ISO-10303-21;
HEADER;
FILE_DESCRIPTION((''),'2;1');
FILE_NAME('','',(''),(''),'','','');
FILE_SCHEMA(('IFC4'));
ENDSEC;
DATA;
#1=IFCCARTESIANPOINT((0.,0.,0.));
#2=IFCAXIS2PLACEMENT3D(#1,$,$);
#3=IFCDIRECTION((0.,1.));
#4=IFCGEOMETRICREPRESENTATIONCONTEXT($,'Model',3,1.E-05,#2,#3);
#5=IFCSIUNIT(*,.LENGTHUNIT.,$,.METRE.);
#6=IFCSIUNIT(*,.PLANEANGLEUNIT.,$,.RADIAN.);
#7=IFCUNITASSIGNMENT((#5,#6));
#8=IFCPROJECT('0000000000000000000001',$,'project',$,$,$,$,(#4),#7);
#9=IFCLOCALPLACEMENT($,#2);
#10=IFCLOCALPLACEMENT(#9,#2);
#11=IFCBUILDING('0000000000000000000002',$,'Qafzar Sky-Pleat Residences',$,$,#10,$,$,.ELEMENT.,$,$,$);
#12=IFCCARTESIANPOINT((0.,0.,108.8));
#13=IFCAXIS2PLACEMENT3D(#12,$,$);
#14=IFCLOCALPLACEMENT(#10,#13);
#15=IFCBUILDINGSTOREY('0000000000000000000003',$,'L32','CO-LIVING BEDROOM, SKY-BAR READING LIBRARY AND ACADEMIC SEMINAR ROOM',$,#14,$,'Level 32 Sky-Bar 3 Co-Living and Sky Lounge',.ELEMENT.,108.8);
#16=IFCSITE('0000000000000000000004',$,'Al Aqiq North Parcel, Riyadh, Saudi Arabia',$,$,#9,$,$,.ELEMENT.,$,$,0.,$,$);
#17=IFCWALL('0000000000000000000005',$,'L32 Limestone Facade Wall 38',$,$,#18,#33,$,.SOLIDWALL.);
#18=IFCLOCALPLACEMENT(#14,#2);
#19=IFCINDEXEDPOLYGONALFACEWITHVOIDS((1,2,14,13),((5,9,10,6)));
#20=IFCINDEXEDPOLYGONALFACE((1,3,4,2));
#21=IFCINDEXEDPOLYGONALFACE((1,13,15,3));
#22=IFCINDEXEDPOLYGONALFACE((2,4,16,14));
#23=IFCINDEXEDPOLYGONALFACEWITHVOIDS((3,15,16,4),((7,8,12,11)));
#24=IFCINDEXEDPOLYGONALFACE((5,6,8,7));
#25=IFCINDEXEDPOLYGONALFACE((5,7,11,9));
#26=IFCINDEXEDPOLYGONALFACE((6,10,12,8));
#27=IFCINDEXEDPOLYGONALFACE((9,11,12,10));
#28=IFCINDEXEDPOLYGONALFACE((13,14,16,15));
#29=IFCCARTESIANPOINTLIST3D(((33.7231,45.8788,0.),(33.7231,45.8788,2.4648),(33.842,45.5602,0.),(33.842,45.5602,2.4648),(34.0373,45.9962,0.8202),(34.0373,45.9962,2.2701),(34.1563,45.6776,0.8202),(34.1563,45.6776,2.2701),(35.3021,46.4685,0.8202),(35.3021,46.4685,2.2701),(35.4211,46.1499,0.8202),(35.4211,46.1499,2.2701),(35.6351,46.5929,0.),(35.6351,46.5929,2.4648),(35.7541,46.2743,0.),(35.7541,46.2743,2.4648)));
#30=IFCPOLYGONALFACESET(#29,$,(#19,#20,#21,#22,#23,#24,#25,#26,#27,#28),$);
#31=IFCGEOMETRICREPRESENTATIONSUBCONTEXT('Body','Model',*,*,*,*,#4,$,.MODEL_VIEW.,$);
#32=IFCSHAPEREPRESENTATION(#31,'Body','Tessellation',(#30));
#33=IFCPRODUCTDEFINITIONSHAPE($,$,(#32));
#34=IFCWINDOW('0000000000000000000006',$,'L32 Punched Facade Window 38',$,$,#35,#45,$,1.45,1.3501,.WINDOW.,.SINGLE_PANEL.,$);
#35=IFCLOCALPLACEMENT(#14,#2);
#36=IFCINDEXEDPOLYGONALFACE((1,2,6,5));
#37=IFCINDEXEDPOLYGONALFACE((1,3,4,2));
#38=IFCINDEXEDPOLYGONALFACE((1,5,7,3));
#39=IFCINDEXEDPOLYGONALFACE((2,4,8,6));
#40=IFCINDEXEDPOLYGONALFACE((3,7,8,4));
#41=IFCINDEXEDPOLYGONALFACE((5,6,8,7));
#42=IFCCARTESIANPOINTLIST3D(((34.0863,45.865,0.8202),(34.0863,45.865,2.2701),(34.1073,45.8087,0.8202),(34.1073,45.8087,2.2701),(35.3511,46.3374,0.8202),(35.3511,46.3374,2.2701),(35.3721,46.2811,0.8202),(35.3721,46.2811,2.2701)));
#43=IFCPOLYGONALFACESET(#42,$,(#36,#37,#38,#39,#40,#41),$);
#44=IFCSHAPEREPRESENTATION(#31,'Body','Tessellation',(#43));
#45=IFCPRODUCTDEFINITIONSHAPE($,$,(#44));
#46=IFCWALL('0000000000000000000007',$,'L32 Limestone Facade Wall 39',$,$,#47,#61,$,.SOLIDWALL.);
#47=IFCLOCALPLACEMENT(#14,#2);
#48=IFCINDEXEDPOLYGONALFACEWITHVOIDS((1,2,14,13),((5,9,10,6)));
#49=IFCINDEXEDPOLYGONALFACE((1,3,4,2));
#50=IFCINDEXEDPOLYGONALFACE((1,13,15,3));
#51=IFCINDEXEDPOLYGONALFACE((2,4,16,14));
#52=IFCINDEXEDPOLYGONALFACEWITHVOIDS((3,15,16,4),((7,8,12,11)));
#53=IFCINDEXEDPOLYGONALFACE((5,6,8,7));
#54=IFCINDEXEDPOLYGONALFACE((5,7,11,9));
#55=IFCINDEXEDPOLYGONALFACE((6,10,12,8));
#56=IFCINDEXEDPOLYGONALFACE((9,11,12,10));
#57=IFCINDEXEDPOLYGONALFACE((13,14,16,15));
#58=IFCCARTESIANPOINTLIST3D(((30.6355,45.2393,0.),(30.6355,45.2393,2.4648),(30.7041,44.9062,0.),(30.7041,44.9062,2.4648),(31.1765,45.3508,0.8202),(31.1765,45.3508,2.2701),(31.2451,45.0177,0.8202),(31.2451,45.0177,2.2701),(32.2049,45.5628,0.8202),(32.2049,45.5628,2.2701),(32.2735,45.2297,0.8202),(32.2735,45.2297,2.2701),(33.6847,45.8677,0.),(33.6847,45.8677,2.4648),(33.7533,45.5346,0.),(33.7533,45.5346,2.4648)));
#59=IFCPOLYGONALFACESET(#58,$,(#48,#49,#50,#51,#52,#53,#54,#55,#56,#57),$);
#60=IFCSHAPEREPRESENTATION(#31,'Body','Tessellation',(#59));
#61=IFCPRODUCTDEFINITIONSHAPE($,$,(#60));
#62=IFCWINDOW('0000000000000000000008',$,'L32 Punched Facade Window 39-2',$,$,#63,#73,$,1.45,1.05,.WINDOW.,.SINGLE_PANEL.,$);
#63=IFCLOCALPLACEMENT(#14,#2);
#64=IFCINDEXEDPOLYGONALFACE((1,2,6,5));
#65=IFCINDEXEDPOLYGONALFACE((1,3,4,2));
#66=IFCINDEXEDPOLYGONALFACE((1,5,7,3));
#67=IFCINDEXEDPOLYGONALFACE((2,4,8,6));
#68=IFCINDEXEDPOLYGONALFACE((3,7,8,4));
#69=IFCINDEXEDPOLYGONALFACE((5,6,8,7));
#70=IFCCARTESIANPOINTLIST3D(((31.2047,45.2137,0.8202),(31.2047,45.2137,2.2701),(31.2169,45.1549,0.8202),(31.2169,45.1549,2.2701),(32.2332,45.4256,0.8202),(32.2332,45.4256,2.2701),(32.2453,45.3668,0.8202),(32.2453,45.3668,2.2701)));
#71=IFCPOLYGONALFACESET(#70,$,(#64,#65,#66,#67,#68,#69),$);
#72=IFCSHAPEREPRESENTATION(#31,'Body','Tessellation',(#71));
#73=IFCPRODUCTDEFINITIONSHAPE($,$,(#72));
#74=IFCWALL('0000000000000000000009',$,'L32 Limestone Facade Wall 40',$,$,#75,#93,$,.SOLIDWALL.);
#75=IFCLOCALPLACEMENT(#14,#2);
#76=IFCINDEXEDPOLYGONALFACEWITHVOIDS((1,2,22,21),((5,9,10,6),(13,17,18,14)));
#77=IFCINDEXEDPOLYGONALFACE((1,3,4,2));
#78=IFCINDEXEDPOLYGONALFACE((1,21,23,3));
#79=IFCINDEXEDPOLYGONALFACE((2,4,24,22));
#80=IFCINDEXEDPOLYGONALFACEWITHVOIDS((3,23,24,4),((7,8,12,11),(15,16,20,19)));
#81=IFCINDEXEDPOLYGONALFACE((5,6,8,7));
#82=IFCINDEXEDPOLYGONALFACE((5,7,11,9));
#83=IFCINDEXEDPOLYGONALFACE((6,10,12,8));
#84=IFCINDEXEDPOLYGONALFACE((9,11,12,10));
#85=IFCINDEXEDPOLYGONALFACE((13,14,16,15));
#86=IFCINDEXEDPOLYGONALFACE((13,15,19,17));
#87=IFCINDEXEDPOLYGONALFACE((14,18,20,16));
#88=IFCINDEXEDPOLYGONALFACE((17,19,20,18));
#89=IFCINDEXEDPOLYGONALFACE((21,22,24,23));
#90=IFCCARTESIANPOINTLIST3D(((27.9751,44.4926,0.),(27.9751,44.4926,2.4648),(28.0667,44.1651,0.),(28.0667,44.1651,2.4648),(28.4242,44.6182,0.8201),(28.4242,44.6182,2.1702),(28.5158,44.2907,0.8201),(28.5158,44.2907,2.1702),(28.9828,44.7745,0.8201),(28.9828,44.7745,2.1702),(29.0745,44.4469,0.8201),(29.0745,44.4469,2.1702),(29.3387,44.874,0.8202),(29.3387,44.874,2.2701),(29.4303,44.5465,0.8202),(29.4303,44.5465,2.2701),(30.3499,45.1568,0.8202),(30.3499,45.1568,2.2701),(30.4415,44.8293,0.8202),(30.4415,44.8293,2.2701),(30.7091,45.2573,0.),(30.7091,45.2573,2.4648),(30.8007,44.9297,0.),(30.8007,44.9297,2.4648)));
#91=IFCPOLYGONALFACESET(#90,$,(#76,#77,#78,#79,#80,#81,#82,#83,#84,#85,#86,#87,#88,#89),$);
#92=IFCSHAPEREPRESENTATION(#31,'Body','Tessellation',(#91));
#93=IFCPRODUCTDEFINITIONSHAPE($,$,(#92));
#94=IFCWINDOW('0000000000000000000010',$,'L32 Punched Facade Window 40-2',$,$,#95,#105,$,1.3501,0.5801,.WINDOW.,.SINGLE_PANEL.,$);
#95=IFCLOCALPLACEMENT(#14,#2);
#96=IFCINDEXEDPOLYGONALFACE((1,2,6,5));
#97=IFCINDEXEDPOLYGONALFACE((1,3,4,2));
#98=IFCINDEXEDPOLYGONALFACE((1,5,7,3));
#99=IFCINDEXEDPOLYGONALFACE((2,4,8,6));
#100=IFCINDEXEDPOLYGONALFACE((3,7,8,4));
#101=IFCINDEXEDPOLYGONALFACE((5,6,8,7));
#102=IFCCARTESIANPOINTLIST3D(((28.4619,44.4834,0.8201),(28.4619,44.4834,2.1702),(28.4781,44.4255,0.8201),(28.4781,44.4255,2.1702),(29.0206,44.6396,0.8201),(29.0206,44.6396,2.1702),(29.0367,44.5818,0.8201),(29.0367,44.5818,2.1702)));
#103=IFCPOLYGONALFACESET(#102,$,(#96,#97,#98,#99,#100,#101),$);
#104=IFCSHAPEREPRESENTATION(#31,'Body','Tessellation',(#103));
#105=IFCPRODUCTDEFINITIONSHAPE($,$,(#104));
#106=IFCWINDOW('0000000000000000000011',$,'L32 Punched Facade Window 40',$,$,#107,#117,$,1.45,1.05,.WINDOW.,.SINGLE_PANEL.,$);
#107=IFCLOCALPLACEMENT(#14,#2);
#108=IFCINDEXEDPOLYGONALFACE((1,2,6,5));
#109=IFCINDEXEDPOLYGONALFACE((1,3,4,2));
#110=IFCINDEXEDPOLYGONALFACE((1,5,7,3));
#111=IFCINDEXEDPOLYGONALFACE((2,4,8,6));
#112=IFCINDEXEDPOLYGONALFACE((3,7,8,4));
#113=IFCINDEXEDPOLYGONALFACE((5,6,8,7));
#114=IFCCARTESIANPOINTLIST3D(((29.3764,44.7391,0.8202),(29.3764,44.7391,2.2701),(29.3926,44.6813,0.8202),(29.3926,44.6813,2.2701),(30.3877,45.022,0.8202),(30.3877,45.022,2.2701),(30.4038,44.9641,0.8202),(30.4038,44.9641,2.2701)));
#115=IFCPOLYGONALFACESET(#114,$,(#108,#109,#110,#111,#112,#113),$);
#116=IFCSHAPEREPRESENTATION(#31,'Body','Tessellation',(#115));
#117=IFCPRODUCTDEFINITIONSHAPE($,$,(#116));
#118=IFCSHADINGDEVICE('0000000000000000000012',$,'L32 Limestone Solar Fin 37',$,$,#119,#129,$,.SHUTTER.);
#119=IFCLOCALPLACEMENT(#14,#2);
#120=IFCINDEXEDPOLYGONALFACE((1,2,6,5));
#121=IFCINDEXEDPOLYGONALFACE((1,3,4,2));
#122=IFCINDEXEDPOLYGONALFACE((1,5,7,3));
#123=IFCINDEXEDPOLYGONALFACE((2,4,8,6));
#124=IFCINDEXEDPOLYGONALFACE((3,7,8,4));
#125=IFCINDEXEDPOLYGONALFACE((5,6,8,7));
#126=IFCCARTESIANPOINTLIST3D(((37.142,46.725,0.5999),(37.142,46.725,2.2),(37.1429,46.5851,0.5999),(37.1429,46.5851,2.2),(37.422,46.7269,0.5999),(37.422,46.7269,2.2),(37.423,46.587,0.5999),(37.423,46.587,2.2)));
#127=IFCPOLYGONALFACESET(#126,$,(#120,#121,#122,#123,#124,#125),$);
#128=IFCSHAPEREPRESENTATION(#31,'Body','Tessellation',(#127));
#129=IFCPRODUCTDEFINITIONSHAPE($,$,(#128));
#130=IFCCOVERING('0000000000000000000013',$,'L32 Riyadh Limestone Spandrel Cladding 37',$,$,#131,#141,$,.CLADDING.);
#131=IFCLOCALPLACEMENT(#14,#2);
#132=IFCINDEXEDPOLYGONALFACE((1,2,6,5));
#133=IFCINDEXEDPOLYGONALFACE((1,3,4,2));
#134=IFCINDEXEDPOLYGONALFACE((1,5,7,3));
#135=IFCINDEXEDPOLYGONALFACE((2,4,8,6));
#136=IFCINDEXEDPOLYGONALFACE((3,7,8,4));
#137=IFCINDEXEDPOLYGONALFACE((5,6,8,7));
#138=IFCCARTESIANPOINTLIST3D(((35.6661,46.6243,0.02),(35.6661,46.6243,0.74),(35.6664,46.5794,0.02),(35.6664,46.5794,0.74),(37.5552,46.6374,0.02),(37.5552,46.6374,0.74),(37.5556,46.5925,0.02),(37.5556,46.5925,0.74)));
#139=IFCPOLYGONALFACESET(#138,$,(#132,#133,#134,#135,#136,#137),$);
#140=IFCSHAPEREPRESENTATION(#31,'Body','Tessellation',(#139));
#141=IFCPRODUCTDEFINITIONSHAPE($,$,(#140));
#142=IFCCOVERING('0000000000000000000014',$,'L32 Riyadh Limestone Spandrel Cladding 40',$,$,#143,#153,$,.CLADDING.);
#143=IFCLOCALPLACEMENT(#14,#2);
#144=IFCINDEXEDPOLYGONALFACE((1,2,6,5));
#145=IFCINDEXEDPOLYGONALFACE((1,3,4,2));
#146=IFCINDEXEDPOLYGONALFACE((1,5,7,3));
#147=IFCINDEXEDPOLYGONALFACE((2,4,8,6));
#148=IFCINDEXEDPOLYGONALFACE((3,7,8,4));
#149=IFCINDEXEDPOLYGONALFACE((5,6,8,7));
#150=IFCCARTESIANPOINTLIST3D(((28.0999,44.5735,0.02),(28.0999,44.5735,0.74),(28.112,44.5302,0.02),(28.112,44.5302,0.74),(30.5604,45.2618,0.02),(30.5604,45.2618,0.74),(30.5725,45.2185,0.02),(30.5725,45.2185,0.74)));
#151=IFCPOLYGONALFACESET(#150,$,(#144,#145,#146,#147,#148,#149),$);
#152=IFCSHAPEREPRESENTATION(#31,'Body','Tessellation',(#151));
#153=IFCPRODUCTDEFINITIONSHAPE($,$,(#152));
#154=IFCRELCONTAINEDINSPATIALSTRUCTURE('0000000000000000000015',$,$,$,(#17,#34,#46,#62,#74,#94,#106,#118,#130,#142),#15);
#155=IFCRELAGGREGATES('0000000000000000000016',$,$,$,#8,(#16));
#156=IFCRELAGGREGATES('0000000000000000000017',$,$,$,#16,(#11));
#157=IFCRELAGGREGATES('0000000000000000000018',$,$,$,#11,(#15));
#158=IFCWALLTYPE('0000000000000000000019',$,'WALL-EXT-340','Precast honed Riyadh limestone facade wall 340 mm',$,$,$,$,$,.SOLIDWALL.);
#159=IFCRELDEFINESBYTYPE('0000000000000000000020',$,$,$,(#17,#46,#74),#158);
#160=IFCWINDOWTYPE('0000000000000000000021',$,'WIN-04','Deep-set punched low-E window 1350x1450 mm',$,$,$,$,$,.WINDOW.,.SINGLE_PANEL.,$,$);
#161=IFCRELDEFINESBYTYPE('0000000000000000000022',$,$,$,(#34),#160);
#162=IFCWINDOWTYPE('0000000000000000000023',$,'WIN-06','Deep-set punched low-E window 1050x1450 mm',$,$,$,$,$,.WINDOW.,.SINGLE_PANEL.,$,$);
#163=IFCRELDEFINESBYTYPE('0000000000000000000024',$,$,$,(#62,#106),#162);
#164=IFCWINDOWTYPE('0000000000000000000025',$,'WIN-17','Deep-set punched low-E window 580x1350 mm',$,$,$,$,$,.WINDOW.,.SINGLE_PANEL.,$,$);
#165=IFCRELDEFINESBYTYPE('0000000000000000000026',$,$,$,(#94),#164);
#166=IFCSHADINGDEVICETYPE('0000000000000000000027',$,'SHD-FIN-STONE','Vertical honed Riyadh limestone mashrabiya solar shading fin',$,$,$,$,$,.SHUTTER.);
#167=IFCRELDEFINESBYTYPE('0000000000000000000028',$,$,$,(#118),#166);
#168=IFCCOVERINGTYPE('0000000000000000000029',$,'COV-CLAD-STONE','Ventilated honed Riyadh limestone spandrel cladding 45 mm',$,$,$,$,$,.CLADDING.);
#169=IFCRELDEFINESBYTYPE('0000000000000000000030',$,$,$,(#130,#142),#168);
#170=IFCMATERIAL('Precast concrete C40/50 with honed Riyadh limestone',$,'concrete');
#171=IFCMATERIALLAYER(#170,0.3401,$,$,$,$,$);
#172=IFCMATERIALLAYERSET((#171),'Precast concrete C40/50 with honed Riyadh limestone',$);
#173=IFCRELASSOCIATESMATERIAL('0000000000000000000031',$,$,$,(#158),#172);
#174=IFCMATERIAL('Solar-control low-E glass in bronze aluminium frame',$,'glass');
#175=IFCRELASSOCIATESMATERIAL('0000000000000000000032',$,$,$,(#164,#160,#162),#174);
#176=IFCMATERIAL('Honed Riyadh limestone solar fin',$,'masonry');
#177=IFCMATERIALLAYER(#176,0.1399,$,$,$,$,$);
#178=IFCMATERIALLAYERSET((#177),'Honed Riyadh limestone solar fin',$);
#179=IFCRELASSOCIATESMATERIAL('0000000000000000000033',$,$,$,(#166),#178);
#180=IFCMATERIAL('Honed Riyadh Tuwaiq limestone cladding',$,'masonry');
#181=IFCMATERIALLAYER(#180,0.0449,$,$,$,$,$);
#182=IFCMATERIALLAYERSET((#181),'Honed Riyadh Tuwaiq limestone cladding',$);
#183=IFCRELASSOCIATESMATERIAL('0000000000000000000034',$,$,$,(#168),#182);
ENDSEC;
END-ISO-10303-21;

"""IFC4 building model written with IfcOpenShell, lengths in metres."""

from ifc_helpers import new_model, si_unit, direction, frame, frame_2d, origin, origin_2d, place, context, subcontext, project, spatial, rectangle, extrude, source, transform, mapped, material, layer, layer_set, type_object, element, fill, save


model = new_model("IFC4")

# Units and contexts
model_context = context("Model", 3, precision=1e-05, world=origin(), true_north=direction((0.0, 1.0)))
body_context = subcontext(model_context, "Body", "Model", "MODEL_VIEW")
ifc_project = project(units=[si_unit("LENGTHUNIT", "METRE"), si_unit("PLANEANGLEUNIT", "RADIAN")], contexts=[model_context])

# Site, building, storey
site_placement = place(None, origin())
site = spatial("IfcSite", under=ifc_project, at=site_placement, Name="Al Aqiq North Parcel, Riyadh, Saudi Arabia", CompositionType="ELEMENT", RefElevation=0.0)
building_placement = place(site_placement, origin())
building = spatial("IfcBuilding", under=site, at=building_placement, Name="Qafzar Sky-Pleat Residences", CompositionType="ELEMENT")
storey_placement = place(building_placement, frame((0.0, 0.0, 108.8)))
storey = spatial("IfcBuildingStorey", under=building, at=storey_placement, Name="L32", Description="CO-LIVING BEDROOM, SKY-BAR READING LIBRARY AND ACADEMIC SEMINAR ROOM", LongName="Level 32 Sky-Bar 3 Co-Living and Sky Lounge", CompositionType="ELEMENT", Elevation=108.8)

# Walls, openings, windows
ifc_material_1 = material(Name="Precast concrete C40/50 with honed Riyadh limestone", Category="concrete")
ifc_layer_1 = layer(ifc_material_1, 0.3401)
ifc_layer_set_1 = layer_set([ifc_layer_1], Name="Precast concrete C40/50 with honed Riyadh limestone")
wall_type_1 = type_object("IfcWallType", Name="WALL-EXT-340", Description="Precast honed Riyadh limestone facade wall 340 mm", PredefinedType="SOLIDWALL", material=ifc_layer_set_1)
ifc_material_2 = material(Name="Solar-control low-E glass in bronze aluminium frame", Category="glass")
window_type_1 = type_object("IfcWindowType", Name="WIN-17", Description="Deep-set punched low-E window 580x1350 mm", PartitioningType="SINGLE_PANEL", PredefinedType="WINDOW", material=ifc_material_2)
shared_shape_1 = source(origin(), body_context, "Body", "SweptSolid", [
    extrude(rectangle(XDim=0.5801, YDim=1.3501, at=frame_2d((0.29, 0.675))), frame((0.0, 0.03, 0.0), z_axis=(0.0, -1.0, 0.0), x_axis=(1.0, 0.0, 0.0)), (0.0, 0.0, 1.0), 0.0601),
])
wall_1_placement = place(storey_placement, frame((35.6946, 46.4336, 0.0), z_axis=(0.0, 0.0, 1.0), x_axis=(-0.9368, -0.349865, 0.0)))
wall_1 = element("IfcWall", 1, at=wall_1_placement, inside=storey, type_object=wall_type_1, Name="L32 Limestone Facade Wall 38", PredefinedType="SOLIDWALL", context=body_context, shape_type="SweptSolid", body=[
    extrude(rectangle(XDim=2.041, YDim=0.3401, at=frame_2d((1.0205, 0.0))), origin(), (0.0, 0.0, 1.0), 2.4648),
])
opening_1_placement = place(wall_1_placement, frame((0.3555, 0.0, 0.8201)))
opening_1 = element("IfcOpeningElement", 2, at=opening_1_placement, cuts=wall_1, PredefinedType="OPENING", context=body_context, shape_type="SweptSolid", body=[
    extrude(rectangle(XDim=1.3501, YDim=1.45, at=frame_2d((0.675, 0.7251))), frame((0.0, 0.1802, 0.0), z_axis=(0.0, -1.0, 0.0), x_axis=(1.0, 0.0, 0.0)), (0.0, 0.0, 1.0), 0.3601),
])
window_type_2 = type_object("IfcWindowType", Name="WIN-04", Description="Deep-set punched low-E window 1350x1450 mm", PartitioningType="SINGLE_PANEL", PredefinedType="WINDOW", material=ifc_material_2)
shared_shape_2 = source(origin(), body_context, "Body", "SweptSolid", [
    extrude(rectangle(XDim=1.3501, YDim=1.45, at=frame_2d((0.675, 0.7251))), frame((0.0, 0.03, 0.0), z_axis=(0.0, -1.0, 0.0), x_axis=(1.0, 0.0, 0.0)), (0.0, 0.0, 1.0), 0.0601),
])
window_1_placement = place(opening_1_placement, origin())
window_1 = element("IfcWindow", 3, at=window_1_placement, inside=storey, type_object=window_type_2, Name="L32 Punched Facade Window 38", OverallHeight=1.45, OverallWidth=1.3501, PartitioningType="SINGLE_PANEL", PredefinedType="WINDOW", context=body_context, shape_type="MappedRepresentation", body=[
    mapped(shared_shape_2, transform((0.0, 0.0, 0.0), x_axis=(1.0, 0.0, 0.0), y_axis=(0.0, 1.0, 0.0), z_axis=(0.0, 0.0, 1.0), scale=1.0)),
])
fill(opening_1, window_1)
wall_2_placement = place(storey_placement, frame((33.719, 45.7012, 0.0), z_axis=(0.0, 0.0, 1.0), x_axis=(-0.979418, -0.201843, 0.0)))
wall_2 = element("IfcWall", 4, at=wall_2_placement, inside=storey, type_object=wall_type_1, Name="L32 Limestone Facade Wall 39", PredefinedType="SOLIDWALL", context=body_context, shape_type="SweptSolid", body=[
    extrude(rectangle(XDim=3.1133, YDim=0.3401, at=frame_2d((1.5566, 0.0))), origin(), (0.0, 0.0, 1.0), 2.4648),
])
opening_2_placement = place(wall_2_placement, frame((1.511, 0.0, 0.8201)))
opening_2 = element("IfcOpeningElement", 5, at=opening_2_placement, cuts=wall_2, PredefinedType="OPENING", context=body_context, shape_type="SweptSolid", body=[
    extrude(rectangle(XDim=1.05, YDim=1.45, at=frame_2d((0.5249, 0.7251))), frame((0.0, 0.1802, 0.0), z_axis=(0.0, -1.0, 0.0), x_axis=(1.0, 0.0, 0.0)), (0.0, 0.0, 1.0), 0.3601),
])
window_type_3 = type_object("IfcWindowType", Name="WIN-06", Description="Deep-set punched low-E window 1050x1450 mm", PartitioningType="SINGLE_PANEL", PredefinedType="WINDOW", material=ifc_material_2)
shared_shape_3 = source(origin(), body_context, "Body", "SweptSolid", [
    extrude(rectangle(XDim=1.05, YDim=1.45, at=frame_2d((0.5249, 0.7251))), frame((0.0, 0.03, 0.0), z_axis=(0.0, -1.0, 0.0), x_axis=(1.0, 0.0, 0.0)), (0.0, 0.0, 1.0), 0.0601),
])
window_2_placement = place(opening_2_placement, origin())
window_2 = element("IfcWindow", 6, at=window_2_placement, inside=storey, type_object=window_type_3, Name="L32 Punched Facade Window 39-2", OverallHeight=1.45, OverallWidth=1.05, PartitioningType="SINGLE_PANEL", PredefinedType="WINDOW", context=body_context, shape_type="MappedRepresentation", body=[
    mapped(shared_shape_3, transform((0.0, 0.0, 0.0), x_axis=(1.0, 0.0, 0.0), y_axis=(0.0, 1.0, 0.0), z_axis=(0.0, 0.0, 1.0), scale=1.0)),
])
fill(opening_2, window_2)

# Wall, openings, windows
wall_3_placement = place(storey_placement, frame((30.7549, 45.0935, 0.0), z_axis=(0.0, 0.0, 1.0), x_axis=(-0.963041, -0.269356, 0.0)))
wall_3 = element("IfcWall", 7, at=wall_3_placement, inside=storey, type_object=wall_type_1, Name="L32 Limestone Facade Wall 40", PredefinedType="SOLIDWALL", context=body_context, shape_type="SweptSolid", body=[
    extrude(rectangle(XDim=2.8389, YDim=0.3401, at=frame_2d((1.4194, 0.0))), origin(), (0.0, 0.0, 1.0), 2.4648),
])
opening_3_placement = place(wall_3_placement, frame((0.373, 0.0, 0.8201)))
opening_3 = element("IfcOpeningElement", 8, at=opening_3_placement, cuts=wall_3, PredefinedType="OPENING", context=body_context, shape_type="SweptSolid", body=[
    extrude(rectangle(XDim=1.05, YDim=1.45, at=frame_2d((0.5249, 0.7251))), frame((0.0, 0.1802, 0.0), z_axis=(0.0, -1.0, 0.0), x_axis=(1.0, 0.0, 0.0)), (0.0, 0.0, 1.0), 0.3601),
])
opening_4_placement = place(wall_3_placement, frame((1.7925, 0.0, 0.8201)))
opening_4 = element("IfcOpeningElement", 9, at=opening_4_placement, cuts=wall_3, PredefinedType="OPENING", context=body_context, shape_type="SweptSolid", body=[
    extrude(rectangle(XDim=0.5801, YDim=1.3501, at=frame_2d((0.29, 0.675))), frame((0.0, 0.1802, 0.0), z_axis=(0.0, -1.0, 0.0), x_axis=(1.0, 0.0, 0.0)), (0.0, 0.0, 1.0), 0.3601),
])
window_3_placement = place(opening_4_placement, origin())
window_3 = element("IfcWindow", 10, at=window_3_placement, inside=storey, type_object=window_type_1, Name="L32 Punched Facade Window 40-2", OverallHeight=1.3501, OverallWidth=0.5801, PartitioningType="SINGLE_PANEL", PredefinedType="WINDOW", context=body_context, shape_type="MappedRepresentation", body=[
    mapped(shared_shape_1, transform((0.0, 0.0, 0.0), x_axis=(1.0, 0.0, 0.0), y_axis=(0.0, 1.0, 0.0), z_axis=(0.0, 0.0, 1.0), scale=1.0)),
])
fill(opening_4, window_3)
window_4_placement = place(opening_3_placement, origin())
window_4 = element("IfcWindow", 11, at=window_4_placement, inside=storey, type_object=window_type_3, Name="L32 Punched Facade Window 40", OverallHeight=1.45, OverallWidth=1.05, PartitioningType="SINGLE_PANEL", PredefinedType="WINDOW", context=body_context, shape_type="MappedRepresentation", body=[
    mapped(shared_shape_3, transform((0.0, 0.0, 0.0), x_axis=(1.0, 0.0, 0.0), y_axis=(0.0, 1.0, 0.0), z_axis=(0.0, 0.0, 1.0), scale=1.0)),
])
fill(opening_3, window_4)

# Shading device
ifc_material_3 = material(Name="Honed Riyadh limestone solar fin", Category="masonry")
ifc_layer_2 = layer(ifc_material_3, 0.1399)
ifc_layer_set_2 = layer_set([ifc_layer_2], Name="Honed Riyadh limestone solar fin")
shading_device_type = type_object("IfcShadingDeviceType", Name="SHD-FIN-STONE", Description="Vertical honed Riyadh limestone mashrabiya solar shading fin", PredefinedType="SHUTTER", material=ifc_layer_set_2)
shared_shape_4 = source(origin(), body_context, "Body", "SweptSolid", [
    extrude(rectangle(XDim=0.1399, YDim=0.28, at=origin_2d()), origin(), (0.0, 0.0, 1.0), 1.6001),
])
shading_device_placement = place(storey_placement, frame((37.2825, 46.656, 0.5999), z_axis=(0.0, 0.0, 1.0), x_axis=(-0.006871, 0.999976, 0.0)))
element("IfcShadingDevice", 12, at=shading_device_placement, inside=storey, type_object=shading_device_type, Name="L32 Limestone Solar Fin 37", PredefinedType="SHUTTER", context=body_context, shape_type="MappedRepresentation", body=[
    mapped(shared_shape_4, transform((0.0, 0.0, 0.0), x_axis=(1.0, 0.0, 0.0), y_axis=(0.0, 1.0, 0.0), z_axis=(0.0, 0.0, 1.0), scale=1.0)),
])

# Covering
ifc_material_4 = material(Name="Honed Riyadh Tuwaiq limestone cladding", Category="masonry")
ifc_layer_3 = layer(ifc_material_4, 0.0449)
ifc_layer_set_3 = layer_set([ifc_layer_3], Name="Honed Riyadh Tuwaiq limestone cladding")
covering_type = type_object("IfcCoveringType", Name="COV-CLAD-STONE", Description="Ventilated honed Riyadh limestone spandrel cladding 45 mm", PredefinedType="CLADDING", material=ifc_layer_set_3)
shared_shape_5 = source(origin(), body_context, "Body", "SweptSolid", [
    extrude(rectangle(XDim=1.8892, YDim=0.0449, at=origin_2d()), origin(), (0.0, 0.0, 1.0), 0.72),
])
covering_1_placement = place(storey_placement, frame((36.6108, 46.6084, 0.02), z_axis=(0.0, 0.0, 1.0), x_axis=(-0.999976, -0.006908, 0.0)))
element("IfcCovering", 13, at=covering_1_placement, inside=storey, type_object=covering_type, Name="L32 Riyadh Limestone Spandrel Cladding 37", PredefinedType="CLADDING", context=body_context, shape_type="MappedRepresentation", body=[
    mapped(shared_shape_5, transform((0.0, 0.0, 0.0), x_axis=(1.0, 0.0, 0.0), y_axis=(0.0, 1.0, 0.0), z_axis=(0.0, 0.0, 1.0), scale=1.0)),
])

# Covering
shared_shape_6 = source(origin(), body_context, "Body", "SweptSolid", [
    extrude(rectangle(XDim=2.5549, YDim=0.0449, at=origin_2d()), origin(), (0.0, 0.0, 1.0), 0.72),
])
covering_2_placement = place(storey_placement, frame((29.3362, 44.896, 0.02), z_axis=(0.0, 0.0, 1.0), x_axis=(-0.963034, -0.26938, 0.0)))
element("IfcCovering", 14, at=covering_2_placement, inside=storey, type_object=covering_type, Name="L32 Riyadh Limestone Spandrel Cladding 40", PredefinedType="CLADDING", context=body_context, shape_type="MappedRepresentation", body=[
    mapped(shared_shape_6, transform((0.0, 0.0, 0.0), x_axis=(1.0, 0.0, 0.0), y_axis=(0.0, 1.0, 0.0), z_axis=(0.0, 0.0, 1.0), scale=1.0)),
])

save(model, "model.ifc")
